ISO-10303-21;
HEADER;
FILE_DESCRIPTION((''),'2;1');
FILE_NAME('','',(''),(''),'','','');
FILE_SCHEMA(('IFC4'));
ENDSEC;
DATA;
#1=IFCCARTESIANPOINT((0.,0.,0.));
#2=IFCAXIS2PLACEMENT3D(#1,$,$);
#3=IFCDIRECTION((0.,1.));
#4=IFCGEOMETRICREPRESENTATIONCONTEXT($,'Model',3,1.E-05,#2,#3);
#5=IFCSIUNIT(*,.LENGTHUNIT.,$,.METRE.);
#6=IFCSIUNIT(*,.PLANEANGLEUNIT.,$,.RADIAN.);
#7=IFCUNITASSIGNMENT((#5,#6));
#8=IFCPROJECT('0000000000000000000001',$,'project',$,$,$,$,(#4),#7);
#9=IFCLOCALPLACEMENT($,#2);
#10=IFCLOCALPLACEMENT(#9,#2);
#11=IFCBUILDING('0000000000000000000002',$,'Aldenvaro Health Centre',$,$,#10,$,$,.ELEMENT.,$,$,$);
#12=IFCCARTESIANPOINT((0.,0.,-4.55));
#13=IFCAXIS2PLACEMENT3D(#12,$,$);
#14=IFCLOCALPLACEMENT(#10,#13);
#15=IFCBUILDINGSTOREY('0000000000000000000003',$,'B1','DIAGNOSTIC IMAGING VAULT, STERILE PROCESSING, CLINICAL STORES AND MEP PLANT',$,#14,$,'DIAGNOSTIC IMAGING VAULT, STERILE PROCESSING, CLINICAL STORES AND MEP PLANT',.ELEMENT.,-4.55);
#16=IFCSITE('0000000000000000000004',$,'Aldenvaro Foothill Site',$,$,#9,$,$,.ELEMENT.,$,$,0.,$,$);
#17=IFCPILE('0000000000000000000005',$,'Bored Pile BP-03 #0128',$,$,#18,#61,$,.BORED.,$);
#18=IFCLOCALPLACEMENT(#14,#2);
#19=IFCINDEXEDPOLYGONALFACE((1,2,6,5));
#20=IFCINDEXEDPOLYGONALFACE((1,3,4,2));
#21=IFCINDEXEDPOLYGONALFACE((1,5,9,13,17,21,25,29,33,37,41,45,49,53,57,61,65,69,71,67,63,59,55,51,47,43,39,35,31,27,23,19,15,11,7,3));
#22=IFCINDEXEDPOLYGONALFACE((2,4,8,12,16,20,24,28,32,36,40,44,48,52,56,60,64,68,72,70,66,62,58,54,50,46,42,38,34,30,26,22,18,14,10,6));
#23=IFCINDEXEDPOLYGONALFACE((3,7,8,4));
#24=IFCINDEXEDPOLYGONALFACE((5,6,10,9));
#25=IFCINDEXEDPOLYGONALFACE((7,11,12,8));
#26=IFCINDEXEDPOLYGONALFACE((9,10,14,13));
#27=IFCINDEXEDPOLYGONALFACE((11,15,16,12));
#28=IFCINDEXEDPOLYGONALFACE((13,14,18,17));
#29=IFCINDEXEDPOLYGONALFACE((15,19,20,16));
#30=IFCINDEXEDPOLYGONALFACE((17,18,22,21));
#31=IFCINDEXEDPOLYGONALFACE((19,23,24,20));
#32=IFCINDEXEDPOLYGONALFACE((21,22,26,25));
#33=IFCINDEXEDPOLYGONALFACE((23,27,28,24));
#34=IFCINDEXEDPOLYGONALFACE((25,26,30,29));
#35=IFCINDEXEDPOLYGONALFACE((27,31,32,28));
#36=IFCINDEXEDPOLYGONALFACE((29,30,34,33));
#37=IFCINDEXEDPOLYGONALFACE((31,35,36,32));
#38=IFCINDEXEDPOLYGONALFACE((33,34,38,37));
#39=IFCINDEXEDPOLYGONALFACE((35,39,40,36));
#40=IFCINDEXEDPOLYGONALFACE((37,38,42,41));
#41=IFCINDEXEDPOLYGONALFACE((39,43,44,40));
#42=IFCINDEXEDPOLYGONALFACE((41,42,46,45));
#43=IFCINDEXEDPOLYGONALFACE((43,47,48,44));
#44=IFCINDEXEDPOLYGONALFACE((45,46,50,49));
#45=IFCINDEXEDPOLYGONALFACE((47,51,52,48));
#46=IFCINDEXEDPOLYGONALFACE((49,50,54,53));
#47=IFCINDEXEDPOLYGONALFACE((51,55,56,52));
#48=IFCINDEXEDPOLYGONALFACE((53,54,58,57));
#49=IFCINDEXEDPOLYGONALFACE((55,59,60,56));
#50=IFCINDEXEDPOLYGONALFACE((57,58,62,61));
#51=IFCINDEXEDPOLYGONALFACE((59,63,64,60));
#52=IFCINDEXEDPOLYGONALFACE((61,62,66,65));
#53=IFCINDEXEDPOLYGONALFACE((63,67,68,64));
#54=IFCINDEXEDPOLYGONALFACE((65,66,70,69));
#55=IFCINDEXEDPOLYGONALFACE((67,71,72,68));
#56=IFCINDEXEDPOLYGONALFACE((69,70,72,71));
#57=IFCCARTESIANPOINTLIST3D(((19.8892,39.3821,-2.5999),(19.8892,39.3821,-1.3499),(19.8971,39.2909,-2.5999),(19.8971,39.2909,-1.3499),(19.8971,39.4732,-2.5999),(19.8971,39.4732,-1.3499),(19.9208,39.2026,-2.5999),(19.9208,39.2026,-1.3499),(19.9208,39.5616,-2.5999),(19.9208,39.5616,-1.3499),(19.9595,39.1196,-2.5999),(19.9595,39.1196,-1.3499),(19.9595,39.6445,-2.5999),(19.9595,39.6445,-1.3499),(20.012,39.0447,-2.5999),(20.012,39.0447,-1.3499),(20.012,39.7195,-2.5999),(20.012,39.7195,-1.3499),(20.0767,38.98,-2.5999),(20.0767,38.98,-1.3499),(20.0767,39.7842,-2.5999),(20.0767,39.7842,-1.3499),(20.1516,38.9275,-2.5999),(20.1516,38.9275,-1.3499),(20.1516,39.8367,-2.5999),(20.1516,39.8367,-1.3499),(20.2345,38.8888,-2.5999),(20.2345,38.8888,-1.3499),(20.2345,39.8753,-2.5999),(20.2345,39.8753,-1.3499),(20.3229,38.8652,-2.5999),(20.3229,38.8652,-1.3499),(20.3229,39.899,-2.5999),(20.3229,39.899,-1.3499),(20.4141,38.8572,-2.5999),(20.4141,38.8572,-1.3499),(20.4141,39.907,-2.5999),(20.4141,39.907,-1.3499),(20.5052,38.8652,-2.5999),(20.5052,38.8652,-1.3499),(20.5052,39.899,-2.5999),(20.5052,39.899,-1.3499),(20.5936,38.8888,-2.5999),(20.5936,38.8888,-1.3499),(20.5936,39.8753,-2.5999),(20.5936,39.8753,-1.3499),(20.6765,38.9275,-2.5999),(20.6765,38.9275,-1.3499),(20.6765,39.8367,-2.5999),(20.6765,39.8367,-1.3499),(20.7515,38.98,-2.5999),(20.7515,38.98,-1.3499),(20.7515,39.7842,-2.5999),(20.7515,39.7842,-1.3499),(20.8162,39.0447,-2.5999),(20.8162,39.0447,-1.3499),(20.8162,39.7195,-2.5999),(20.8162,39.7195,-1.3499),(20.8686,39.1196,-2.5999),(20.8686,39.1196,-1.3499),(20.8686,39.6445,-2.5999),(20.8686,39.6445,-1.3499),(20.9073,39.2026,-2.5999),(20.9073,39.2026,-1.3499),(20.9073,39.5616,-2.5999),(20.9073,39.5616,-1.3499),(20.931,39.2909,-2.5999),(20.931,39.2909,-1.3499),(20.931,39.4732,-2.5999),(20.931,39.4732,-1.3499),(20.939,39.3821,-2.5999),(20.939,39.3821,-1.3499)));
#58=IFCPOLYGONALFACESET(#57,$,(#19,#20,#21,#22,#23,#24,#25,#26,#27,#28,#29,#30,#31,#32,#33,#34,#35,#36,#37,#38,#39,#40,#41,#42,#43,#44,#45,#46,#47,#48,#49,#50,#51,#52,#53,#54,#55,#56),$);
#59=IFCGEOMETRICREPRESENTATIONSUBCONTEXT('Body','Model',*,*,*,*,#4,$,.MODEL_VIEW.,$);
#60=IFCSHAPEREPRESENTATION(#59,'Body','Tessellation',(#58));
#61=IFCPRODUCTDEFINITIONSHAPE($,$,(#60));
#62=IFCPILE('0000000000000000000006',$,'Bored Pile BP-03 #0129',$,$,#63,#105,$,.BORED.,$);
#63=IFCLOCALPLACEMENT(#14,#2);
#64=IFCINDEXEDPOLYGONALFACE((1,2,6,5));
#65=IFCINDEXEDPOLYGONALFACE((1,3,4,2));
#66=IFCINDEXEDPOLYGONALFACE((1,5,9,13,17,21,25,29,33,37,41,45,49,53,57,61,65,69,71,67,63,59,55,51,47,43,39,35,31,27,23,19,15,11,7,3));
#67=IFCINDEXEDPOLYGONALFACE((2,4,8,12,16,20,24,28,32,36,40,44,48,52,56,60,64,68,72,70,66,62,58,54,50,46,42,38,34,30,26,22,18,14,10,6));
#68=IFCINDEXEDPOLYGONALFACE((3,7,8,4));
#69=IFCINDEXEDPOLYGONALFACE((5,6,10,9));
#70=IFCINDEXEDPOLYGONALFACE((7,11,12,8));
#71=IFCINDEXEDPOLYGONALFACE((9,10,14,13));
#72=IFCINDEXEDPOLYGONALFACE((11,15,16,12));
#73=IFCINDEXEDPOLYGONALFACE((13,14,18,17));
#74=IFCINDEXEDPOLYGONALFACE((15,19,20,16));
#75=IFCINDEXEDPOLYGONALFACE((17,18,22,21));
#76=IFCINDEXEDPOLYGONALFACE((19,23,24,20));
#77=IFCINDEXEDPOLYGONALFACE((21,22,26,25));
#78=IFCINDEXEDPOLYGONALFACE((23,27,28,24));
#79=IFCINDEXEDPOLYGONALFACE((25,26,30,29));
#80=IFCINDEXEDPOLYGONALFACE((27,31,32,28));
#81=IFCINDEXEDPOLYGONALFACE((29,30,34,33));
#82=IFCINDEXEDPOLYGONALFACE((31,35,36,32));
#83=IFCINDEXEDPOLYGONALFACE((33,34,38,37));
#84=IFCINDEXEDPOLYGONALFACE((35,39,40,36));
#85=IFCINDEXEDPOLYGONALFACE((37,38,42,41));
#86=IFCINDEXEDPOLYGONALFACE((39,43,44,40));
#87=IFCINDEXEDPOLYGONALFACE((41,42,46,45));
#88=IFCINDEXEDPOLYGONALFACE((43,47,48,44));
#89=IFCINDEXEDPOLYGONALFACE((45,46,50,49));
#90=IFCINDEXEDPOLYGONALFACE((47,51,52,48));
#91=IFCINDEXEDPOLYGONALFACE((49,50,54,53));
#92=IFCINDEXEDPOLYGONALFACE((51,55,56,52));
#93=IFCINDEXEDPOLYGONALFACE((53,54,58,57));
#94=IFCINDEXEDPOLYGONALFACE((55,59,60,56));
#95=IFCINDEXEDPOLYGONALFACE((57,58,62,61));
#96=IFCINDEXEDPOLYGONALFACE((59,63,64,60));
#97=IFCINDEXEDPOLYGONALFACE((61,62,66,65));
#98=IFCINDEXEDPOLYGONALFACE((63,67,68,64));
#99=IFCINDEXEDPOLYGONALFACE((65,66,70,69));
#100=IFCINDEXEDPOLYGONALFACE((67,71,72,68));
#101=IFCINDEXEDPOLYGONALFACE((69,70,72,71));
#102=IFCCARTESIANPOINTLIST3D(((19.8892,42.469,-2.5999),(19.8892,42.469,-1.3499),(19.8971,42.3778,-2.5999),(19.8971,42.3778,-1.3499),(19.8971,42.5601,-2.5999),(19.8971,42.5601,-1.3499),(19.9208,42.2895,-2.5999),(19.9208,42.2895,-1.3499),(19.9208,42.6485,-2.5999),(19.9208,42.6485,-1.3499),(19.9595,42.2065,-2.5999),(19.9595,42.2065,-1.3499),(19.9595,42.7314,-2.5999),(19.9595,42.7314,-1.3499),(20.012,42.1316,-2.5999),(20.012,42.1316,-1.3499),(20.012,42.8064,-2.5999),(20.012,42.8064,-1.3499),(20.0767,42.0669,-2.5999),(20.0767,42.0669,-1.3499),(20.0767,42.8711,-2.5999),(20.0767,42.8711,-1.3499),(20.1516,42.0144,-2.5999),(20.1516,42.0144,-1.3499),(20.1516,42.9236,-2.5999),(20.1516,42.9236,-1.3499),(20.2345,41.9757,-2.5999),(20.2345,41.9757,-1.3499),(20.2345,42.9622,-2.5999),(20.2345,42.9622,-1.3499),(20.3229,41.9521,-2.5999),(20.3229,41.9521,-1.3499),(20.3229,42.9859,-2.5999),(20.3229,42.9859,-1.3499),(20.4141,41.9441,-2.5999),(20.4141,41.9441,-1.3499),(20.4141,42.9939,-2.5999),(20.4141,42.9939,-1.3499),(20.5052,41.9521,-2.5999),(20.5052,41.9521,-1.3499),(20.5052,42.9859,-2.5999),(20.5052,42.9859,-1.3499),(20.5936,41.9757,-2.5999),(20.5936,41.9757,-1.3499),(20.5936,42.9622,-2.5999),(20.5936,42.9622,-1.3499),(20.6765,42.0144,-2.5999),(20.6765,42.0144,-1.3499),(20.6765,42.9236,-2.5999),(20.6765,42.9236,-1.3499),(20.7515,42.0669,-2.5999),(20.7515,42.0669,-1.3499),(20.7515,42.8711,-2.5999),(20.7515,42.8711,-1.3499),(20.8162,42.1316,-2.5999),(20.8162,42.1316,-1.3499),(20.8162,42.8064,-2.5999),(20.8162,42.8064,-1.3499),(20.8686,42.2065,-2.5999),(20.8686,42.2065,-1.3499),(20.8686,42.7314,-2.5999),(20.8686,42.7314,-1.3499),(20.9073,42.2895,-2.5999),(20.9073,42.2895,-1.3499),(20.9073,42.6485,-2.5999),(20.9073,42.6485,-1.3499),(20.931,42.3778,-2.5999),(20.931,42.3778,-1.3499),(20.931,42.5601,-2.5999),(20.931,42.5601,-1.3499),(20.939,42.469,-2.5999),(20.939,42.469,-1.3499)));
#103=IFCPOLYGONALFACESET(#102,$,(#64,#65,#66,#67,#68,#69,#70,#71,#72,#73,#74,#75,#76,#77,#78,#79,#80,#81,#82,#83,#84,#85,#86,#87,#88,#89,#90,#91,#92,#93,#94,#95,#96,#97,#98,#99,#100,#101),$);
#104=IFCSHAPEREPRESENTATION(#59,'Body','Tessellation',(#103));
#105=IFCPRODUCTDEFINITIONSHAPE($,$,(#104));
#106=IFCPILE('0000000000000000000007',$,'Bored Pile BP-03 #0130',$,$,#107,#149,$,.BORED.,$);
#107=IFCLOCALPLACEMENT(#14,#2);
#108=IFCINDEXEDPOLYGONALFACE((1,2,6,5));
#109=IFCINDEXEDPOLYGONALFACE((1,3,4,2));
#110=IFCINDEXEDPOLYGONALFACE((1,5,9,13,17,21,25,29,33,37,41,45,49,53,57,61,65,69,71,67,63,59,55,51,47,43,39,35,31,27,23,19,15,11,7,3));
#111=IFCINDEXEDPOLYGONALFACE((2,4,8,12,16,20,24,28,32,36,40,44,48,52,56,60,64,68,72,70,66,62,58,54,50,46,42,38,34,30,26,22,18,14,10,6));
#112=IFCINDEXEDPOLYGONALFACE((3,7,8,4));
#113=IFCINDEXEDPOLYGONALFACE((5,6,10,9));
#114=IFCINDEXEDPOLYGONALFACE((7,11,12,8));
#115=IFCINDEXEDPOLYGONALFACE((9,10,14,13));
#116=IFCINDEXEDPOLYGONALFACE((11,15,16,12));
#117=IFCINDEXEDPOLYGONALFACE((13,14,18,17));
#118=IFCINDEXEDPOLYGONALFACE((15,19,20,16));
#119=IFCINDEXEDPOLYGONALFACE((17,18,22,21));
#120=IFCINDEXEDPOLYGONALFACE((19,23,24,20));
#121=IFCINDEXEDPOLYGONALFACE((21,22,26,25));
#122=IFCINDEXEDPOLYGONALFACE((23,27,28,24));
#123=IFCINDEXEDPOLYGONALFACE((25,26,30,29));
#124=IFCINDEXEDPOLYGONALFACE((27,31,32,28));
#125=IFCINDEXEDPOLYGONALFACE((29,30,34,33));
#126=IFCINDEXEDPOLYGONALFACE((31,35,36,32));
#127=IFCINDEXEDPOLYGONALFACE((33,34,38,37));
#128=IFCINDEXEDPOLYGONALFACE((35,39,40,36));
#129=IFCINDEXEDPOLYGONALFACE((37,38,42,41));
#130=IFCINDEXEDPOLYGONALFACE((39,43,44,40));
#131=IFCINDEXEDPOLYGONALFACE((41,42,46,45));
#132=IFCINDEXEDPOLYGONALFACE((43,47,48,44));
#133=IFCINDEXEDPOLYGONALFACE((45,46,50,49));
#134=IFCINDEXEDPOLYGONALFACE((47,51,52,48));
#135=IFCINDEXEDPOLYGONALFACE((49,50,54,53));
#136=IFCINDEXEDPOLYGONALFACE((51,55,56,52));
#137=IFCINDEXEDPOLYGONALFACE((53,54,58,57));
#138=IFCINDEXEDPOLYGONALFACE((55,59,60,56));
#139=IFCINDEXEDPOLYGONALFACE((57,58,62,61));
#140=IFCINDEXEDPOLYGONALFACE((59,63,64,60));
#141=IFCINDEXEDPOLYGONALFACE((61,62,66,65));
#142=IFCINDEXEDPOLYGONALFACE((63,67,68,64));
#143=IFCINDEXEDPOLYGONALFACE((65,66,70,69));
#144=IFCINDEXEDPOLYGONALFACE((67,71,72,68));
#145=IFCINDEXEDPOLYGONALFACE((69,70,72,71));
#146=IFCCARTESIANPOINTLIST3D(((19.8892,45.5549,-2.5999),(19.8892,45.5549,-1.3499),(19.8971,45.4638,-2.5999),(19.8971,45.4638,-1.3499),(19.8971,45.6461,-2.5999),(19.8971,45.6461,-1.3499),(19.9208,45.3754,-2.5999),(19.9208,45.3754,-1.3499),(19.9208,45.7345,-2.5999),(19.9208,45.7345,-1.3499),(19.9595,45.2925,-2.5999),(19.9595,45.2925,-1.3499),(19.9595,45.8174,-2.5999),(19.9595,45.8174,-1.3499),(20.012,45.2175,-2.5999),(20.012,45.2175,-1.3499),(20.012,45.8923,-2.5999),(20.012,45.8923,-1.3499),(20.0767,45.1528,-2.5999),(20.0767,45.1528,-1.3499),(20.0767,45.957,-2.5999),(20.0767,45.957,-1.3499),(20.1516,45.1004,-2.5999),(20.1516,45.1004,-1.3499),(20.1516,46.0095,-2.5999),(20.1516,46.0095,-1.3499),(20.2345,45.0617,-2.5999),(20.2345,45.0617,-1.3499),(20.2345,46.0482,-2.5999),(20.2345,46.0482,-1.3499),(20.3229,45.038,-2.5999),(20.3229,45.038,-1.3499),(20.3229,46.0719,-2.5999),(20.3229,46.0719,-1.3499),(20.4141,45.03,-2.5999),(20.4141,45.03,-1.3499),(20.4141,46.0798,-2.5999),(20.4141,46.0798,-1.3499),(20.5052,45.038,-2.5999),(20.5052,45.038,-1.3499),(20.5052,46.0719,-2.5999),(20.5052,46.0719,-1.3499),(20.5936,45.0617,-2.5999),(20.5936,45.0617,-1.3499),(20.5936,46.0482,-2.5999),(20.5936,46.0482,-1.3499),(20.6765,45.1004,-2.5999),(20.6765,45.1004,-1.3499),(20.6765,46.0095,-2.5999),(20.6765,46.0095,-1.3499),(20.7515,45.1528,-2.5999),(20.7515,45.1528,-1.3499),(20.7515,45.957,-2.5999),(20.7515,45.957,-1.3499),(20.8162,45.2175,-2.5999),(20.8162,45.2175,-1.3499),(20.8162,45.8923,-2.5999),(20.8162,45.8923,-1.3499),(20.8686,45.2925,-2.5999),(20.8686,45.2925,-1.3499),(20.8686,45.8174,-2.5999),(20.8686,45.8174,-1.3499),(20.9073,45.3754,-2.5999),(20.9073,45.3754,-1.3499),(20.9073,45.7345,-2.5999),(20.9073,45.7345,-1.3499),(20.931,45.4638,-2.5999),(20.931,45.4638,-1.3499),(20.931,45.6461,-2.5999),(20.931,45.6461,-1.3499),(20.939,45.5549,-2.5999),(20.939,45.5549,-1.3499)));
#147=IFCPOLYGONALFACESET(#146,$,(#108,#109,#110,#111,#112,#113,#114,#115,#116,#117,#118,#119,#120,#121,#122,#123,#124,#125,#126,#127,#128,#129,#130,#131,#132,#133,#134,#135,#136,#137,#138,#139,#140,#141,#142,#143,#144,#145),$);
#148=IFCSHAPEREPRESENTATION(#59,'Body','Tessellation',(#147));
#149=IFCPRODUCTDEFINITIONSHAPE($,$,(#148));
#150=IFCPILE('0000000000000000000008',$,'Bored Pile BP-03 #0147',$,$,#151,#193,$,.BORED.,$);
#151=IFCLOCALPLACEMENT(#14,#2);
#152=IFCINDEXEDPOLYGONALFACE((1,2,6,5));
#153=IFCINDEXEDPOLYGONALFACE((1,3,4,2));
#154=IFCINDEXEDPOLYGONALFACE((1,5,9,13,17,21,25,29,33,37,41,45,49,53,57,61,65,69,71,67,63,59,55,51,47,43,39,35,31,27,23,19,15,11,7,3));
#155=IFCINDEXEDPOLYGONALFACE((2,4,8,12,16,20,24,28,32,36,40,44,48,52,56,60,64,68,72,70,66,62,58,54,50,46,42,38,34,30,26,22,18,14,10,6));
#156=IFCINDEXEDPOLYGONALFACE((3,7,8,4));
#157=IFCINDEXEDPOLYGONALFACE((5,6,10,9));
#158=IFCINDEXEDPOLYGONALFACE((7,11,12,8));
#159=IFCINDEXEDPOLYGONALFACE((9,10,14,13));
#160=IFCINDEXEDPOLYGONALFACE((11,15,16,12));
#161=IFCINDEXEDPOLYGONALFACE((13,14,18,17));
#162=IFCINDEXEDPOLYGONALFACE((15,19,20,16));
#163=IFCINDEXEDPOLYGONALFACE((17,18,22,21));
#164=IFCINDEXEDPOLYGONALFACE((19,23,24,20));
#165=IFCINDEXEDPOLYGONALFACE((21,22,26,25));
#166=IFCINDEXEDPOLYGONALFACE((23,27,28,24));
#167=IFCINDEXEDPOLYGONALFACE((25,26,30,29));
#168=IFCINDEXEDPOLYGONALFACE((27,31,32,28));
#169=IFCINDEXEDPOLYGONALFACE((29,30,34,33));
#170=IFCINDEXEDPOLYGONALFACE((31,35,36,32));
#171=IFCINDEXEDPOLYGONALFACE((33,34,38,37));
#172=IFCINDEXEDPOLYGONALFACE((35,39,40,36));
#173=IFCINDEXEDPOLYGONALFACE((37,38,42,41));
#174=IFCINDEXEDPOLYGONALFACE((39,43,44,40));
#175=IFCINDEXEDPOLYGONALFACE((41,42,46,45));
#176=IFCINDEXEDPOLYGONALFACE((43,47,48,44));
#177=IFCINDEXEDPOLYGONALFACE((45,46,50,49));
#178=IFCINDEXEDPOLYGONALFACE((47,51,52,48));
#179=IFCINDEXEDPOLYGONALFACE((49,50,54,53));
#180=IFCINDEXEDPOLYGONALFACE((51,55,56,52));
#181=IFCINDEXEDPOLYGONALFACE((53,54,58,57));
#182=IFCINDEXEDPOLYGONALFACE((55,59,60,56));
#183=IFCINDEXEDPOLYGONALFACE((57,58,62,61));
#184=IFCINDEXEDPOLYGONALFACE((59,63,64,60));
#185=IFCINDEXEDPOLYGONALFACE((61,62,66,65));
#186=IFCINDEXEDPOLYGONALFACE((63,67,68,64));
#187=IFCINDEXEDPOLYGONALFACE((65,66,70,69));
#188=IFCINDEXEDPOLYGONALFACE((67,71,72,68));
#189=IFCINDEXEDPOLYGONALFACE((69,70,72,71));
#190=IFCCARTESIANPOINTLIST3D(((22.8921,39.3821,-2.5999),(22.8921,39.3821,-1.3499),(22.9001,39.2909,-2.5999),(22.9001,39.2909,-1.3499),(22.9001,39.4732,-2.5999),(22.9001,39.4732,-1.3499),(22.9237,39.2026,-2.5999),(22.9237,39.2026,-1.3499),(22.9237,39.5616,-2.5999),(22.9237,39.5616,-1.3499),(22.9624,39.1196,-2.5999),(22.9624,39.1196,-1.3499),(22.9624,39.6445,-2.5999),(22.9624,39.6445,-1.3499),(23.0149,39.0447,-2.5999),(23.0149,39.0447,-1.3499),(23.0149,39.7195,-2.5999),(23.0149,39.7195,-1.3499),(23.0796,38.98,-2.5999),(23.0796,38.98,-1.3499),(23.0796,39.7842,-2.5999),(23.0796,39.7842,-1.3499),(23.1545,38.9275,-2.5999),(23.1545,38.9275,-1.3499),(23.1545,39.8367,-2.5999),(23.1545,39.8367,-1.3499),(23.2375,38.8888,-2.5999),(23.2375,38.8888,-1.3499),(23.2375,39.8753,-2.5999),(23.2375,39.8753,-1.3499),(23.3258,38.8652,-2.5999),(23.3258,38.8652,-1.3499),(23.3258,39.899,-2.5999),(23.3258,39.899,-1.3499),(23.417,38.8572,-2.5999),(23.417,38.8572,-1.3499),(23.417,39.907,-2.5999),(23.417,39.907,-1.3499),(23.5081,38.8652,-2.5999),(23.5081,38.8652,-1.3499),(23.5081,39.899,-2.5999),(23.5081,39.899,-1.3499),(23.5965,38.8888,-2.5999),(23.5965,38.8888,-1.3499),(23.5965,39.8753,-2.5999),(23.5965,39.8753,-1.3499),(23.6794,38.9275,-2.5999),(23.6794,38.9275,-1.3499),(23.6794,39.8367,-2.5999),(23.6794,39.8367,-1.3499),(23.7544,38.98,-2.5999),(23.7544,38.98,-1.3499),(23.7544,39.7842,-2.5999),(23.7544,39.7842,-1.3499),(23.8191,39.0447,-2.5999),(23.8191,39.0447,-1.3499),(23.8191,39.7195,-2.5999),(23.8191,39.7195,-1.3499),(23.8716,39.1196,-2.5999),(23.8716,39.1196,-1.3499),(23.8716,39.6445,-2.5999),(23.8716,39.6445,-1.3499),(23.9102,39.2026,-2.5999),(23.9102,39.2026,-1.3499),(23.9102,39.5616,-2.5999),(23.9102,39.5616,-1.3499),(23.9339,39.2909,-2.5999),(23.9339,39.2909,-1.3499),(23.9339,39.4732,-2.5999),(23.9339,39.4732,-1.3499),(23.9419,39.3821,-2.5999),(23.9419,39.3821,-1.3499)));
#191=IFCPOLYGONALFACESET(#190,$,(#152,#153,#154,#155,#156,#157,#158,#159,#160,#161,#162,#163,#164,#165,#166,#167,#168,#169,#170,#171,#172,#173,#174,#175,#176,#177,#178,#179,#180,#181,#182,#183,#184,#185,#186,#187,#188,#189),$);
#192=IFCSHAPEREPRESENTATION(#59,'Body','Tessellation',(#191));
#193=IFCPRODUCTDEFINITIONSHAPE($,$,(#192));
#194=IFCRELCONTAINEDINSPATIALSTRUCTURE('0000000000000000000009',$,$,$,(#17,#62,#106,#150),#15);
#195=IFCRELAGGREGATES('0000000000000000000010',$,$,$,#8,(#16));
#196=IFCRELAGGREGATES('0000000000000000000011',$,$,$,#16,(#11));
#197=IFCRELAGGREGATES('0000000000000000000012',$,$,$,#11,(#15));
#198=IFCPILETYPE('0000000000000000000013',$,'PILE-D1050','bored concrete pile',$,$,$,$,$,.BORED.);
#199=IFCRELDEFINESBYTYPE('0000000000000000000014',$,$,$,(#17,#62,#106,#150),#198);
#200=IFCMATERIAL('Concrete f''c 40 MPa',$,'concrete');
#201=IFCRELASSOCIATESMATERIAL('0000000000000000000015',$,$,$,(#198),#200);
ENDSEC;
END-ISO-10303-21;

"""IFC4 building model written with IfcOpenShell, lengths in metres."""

from ifc_helpers import new_model, si_unit, direction, frame, origin, origin_2d, place, context, subcontext, project, spatial, circle, extrude, material, material_profile, profile_set, type_object, element, save


model = new_model("IFC4")

# Units and contexts
model_context = context("Model", 3, precision=1e-05, world=origin(), true_north=direction((0.0, 1.0)))
body_context = subcontext(model_context, "Body", "Model", "MODEL_VIEW")
ifc_project = project(units=[si_unit("LENGTHUNIT", "METRE"), si_unit("PLANEANGLEUNIT", "RADIAN")], contexts=[model_context])

# Site, building, storey
site_placement = place(None, origin())
site = spatial("IfcSite", under=ifc_project, at=site_placement, Name="Aldenvaro Foothill Site", CompositionType="ELEMENT", RefElevation=0.0)
building_placement = place(site_placement, origin())
building = spatial("IfcBuilding", under=site, at=building_placement, Name="Aldenvaro Health Centre", CompositionType="ELEMENT")
storey_placement = place(building_placement, frame((0.0, 0.0, -4.55)))
storey = spatial("IfcBuildingStorey", under=building, at=storey_placement, Name="B1", Description="DIAGNOSTIC IMAGING VAULT, STERILE PROCESSING, CLINICAL STORES AND MEP PLANT", LongName="DIAGNOSTIC IMAGING VAULT, STERILE PROCESSING, CLINICAL STORES AND MEP PLANT", CompositionType="ELEMENT", Elevation=-4.55)

# Piles
ifc_material_1 = material(Name="Concrete f'c 40 MPa", Category="concrete")
ifc_material_profile_1 = material_profile(ifc_material_1, circle(Radius=0.5249, at=origin_2d()), Name="PILE D1050", Category="concrete")
ifc_profile_set_1 = profile_set([ifc_material_profile_1], Name="Concrete f'c 40 MPa")
pile_type = type_object("IfcPileType", Name="PILE-D1050", Description="bored concrete pile", PredefinedType="BORED", material=ifc_profile_set_1)
for number, where, z_axis, x_axis, name in (
    (1, (20.4141, 39.3821, -1.3499), (0.0, 0.0, -1.0), (1.0, 0.0, 0.0), "Bored Pile BP-03 #0128"),
    (2, (20.4141, 42.469, -1.3499), (0.0, 0.0, -1.0), (1.0, 0.0, 0.0), "Bored Pile BP-03 #0129"),
    (3, (20.4141, 45.5549, -1.3499), (0.0, 0.0, -1.0), (1.0, 0.0, 0.0), "Bored Pile BP-03 #0130"),
    (4, (23.417, 39.3821, -1.3499), (0.0, 0.0, -1.0), (1.0, 0.0, 0.0), "Bored Pile BP-03 #0147"),
):
    element("IfcPile", number, at=place(storey_placement, frame(where, z_axis=z_axis, x_axis=x_axis)), inside=storey, type_object=pile_type, Name=name, PredefinedType="BORED", context=body_context, shape_type="SweptSolid", body=[
        extrude(circle(Radius=0.5249, at=origin_2d()), origin(), (0.0, 0.0, 1.0), 1.25),
    ])

save(model, "model.ifc")
